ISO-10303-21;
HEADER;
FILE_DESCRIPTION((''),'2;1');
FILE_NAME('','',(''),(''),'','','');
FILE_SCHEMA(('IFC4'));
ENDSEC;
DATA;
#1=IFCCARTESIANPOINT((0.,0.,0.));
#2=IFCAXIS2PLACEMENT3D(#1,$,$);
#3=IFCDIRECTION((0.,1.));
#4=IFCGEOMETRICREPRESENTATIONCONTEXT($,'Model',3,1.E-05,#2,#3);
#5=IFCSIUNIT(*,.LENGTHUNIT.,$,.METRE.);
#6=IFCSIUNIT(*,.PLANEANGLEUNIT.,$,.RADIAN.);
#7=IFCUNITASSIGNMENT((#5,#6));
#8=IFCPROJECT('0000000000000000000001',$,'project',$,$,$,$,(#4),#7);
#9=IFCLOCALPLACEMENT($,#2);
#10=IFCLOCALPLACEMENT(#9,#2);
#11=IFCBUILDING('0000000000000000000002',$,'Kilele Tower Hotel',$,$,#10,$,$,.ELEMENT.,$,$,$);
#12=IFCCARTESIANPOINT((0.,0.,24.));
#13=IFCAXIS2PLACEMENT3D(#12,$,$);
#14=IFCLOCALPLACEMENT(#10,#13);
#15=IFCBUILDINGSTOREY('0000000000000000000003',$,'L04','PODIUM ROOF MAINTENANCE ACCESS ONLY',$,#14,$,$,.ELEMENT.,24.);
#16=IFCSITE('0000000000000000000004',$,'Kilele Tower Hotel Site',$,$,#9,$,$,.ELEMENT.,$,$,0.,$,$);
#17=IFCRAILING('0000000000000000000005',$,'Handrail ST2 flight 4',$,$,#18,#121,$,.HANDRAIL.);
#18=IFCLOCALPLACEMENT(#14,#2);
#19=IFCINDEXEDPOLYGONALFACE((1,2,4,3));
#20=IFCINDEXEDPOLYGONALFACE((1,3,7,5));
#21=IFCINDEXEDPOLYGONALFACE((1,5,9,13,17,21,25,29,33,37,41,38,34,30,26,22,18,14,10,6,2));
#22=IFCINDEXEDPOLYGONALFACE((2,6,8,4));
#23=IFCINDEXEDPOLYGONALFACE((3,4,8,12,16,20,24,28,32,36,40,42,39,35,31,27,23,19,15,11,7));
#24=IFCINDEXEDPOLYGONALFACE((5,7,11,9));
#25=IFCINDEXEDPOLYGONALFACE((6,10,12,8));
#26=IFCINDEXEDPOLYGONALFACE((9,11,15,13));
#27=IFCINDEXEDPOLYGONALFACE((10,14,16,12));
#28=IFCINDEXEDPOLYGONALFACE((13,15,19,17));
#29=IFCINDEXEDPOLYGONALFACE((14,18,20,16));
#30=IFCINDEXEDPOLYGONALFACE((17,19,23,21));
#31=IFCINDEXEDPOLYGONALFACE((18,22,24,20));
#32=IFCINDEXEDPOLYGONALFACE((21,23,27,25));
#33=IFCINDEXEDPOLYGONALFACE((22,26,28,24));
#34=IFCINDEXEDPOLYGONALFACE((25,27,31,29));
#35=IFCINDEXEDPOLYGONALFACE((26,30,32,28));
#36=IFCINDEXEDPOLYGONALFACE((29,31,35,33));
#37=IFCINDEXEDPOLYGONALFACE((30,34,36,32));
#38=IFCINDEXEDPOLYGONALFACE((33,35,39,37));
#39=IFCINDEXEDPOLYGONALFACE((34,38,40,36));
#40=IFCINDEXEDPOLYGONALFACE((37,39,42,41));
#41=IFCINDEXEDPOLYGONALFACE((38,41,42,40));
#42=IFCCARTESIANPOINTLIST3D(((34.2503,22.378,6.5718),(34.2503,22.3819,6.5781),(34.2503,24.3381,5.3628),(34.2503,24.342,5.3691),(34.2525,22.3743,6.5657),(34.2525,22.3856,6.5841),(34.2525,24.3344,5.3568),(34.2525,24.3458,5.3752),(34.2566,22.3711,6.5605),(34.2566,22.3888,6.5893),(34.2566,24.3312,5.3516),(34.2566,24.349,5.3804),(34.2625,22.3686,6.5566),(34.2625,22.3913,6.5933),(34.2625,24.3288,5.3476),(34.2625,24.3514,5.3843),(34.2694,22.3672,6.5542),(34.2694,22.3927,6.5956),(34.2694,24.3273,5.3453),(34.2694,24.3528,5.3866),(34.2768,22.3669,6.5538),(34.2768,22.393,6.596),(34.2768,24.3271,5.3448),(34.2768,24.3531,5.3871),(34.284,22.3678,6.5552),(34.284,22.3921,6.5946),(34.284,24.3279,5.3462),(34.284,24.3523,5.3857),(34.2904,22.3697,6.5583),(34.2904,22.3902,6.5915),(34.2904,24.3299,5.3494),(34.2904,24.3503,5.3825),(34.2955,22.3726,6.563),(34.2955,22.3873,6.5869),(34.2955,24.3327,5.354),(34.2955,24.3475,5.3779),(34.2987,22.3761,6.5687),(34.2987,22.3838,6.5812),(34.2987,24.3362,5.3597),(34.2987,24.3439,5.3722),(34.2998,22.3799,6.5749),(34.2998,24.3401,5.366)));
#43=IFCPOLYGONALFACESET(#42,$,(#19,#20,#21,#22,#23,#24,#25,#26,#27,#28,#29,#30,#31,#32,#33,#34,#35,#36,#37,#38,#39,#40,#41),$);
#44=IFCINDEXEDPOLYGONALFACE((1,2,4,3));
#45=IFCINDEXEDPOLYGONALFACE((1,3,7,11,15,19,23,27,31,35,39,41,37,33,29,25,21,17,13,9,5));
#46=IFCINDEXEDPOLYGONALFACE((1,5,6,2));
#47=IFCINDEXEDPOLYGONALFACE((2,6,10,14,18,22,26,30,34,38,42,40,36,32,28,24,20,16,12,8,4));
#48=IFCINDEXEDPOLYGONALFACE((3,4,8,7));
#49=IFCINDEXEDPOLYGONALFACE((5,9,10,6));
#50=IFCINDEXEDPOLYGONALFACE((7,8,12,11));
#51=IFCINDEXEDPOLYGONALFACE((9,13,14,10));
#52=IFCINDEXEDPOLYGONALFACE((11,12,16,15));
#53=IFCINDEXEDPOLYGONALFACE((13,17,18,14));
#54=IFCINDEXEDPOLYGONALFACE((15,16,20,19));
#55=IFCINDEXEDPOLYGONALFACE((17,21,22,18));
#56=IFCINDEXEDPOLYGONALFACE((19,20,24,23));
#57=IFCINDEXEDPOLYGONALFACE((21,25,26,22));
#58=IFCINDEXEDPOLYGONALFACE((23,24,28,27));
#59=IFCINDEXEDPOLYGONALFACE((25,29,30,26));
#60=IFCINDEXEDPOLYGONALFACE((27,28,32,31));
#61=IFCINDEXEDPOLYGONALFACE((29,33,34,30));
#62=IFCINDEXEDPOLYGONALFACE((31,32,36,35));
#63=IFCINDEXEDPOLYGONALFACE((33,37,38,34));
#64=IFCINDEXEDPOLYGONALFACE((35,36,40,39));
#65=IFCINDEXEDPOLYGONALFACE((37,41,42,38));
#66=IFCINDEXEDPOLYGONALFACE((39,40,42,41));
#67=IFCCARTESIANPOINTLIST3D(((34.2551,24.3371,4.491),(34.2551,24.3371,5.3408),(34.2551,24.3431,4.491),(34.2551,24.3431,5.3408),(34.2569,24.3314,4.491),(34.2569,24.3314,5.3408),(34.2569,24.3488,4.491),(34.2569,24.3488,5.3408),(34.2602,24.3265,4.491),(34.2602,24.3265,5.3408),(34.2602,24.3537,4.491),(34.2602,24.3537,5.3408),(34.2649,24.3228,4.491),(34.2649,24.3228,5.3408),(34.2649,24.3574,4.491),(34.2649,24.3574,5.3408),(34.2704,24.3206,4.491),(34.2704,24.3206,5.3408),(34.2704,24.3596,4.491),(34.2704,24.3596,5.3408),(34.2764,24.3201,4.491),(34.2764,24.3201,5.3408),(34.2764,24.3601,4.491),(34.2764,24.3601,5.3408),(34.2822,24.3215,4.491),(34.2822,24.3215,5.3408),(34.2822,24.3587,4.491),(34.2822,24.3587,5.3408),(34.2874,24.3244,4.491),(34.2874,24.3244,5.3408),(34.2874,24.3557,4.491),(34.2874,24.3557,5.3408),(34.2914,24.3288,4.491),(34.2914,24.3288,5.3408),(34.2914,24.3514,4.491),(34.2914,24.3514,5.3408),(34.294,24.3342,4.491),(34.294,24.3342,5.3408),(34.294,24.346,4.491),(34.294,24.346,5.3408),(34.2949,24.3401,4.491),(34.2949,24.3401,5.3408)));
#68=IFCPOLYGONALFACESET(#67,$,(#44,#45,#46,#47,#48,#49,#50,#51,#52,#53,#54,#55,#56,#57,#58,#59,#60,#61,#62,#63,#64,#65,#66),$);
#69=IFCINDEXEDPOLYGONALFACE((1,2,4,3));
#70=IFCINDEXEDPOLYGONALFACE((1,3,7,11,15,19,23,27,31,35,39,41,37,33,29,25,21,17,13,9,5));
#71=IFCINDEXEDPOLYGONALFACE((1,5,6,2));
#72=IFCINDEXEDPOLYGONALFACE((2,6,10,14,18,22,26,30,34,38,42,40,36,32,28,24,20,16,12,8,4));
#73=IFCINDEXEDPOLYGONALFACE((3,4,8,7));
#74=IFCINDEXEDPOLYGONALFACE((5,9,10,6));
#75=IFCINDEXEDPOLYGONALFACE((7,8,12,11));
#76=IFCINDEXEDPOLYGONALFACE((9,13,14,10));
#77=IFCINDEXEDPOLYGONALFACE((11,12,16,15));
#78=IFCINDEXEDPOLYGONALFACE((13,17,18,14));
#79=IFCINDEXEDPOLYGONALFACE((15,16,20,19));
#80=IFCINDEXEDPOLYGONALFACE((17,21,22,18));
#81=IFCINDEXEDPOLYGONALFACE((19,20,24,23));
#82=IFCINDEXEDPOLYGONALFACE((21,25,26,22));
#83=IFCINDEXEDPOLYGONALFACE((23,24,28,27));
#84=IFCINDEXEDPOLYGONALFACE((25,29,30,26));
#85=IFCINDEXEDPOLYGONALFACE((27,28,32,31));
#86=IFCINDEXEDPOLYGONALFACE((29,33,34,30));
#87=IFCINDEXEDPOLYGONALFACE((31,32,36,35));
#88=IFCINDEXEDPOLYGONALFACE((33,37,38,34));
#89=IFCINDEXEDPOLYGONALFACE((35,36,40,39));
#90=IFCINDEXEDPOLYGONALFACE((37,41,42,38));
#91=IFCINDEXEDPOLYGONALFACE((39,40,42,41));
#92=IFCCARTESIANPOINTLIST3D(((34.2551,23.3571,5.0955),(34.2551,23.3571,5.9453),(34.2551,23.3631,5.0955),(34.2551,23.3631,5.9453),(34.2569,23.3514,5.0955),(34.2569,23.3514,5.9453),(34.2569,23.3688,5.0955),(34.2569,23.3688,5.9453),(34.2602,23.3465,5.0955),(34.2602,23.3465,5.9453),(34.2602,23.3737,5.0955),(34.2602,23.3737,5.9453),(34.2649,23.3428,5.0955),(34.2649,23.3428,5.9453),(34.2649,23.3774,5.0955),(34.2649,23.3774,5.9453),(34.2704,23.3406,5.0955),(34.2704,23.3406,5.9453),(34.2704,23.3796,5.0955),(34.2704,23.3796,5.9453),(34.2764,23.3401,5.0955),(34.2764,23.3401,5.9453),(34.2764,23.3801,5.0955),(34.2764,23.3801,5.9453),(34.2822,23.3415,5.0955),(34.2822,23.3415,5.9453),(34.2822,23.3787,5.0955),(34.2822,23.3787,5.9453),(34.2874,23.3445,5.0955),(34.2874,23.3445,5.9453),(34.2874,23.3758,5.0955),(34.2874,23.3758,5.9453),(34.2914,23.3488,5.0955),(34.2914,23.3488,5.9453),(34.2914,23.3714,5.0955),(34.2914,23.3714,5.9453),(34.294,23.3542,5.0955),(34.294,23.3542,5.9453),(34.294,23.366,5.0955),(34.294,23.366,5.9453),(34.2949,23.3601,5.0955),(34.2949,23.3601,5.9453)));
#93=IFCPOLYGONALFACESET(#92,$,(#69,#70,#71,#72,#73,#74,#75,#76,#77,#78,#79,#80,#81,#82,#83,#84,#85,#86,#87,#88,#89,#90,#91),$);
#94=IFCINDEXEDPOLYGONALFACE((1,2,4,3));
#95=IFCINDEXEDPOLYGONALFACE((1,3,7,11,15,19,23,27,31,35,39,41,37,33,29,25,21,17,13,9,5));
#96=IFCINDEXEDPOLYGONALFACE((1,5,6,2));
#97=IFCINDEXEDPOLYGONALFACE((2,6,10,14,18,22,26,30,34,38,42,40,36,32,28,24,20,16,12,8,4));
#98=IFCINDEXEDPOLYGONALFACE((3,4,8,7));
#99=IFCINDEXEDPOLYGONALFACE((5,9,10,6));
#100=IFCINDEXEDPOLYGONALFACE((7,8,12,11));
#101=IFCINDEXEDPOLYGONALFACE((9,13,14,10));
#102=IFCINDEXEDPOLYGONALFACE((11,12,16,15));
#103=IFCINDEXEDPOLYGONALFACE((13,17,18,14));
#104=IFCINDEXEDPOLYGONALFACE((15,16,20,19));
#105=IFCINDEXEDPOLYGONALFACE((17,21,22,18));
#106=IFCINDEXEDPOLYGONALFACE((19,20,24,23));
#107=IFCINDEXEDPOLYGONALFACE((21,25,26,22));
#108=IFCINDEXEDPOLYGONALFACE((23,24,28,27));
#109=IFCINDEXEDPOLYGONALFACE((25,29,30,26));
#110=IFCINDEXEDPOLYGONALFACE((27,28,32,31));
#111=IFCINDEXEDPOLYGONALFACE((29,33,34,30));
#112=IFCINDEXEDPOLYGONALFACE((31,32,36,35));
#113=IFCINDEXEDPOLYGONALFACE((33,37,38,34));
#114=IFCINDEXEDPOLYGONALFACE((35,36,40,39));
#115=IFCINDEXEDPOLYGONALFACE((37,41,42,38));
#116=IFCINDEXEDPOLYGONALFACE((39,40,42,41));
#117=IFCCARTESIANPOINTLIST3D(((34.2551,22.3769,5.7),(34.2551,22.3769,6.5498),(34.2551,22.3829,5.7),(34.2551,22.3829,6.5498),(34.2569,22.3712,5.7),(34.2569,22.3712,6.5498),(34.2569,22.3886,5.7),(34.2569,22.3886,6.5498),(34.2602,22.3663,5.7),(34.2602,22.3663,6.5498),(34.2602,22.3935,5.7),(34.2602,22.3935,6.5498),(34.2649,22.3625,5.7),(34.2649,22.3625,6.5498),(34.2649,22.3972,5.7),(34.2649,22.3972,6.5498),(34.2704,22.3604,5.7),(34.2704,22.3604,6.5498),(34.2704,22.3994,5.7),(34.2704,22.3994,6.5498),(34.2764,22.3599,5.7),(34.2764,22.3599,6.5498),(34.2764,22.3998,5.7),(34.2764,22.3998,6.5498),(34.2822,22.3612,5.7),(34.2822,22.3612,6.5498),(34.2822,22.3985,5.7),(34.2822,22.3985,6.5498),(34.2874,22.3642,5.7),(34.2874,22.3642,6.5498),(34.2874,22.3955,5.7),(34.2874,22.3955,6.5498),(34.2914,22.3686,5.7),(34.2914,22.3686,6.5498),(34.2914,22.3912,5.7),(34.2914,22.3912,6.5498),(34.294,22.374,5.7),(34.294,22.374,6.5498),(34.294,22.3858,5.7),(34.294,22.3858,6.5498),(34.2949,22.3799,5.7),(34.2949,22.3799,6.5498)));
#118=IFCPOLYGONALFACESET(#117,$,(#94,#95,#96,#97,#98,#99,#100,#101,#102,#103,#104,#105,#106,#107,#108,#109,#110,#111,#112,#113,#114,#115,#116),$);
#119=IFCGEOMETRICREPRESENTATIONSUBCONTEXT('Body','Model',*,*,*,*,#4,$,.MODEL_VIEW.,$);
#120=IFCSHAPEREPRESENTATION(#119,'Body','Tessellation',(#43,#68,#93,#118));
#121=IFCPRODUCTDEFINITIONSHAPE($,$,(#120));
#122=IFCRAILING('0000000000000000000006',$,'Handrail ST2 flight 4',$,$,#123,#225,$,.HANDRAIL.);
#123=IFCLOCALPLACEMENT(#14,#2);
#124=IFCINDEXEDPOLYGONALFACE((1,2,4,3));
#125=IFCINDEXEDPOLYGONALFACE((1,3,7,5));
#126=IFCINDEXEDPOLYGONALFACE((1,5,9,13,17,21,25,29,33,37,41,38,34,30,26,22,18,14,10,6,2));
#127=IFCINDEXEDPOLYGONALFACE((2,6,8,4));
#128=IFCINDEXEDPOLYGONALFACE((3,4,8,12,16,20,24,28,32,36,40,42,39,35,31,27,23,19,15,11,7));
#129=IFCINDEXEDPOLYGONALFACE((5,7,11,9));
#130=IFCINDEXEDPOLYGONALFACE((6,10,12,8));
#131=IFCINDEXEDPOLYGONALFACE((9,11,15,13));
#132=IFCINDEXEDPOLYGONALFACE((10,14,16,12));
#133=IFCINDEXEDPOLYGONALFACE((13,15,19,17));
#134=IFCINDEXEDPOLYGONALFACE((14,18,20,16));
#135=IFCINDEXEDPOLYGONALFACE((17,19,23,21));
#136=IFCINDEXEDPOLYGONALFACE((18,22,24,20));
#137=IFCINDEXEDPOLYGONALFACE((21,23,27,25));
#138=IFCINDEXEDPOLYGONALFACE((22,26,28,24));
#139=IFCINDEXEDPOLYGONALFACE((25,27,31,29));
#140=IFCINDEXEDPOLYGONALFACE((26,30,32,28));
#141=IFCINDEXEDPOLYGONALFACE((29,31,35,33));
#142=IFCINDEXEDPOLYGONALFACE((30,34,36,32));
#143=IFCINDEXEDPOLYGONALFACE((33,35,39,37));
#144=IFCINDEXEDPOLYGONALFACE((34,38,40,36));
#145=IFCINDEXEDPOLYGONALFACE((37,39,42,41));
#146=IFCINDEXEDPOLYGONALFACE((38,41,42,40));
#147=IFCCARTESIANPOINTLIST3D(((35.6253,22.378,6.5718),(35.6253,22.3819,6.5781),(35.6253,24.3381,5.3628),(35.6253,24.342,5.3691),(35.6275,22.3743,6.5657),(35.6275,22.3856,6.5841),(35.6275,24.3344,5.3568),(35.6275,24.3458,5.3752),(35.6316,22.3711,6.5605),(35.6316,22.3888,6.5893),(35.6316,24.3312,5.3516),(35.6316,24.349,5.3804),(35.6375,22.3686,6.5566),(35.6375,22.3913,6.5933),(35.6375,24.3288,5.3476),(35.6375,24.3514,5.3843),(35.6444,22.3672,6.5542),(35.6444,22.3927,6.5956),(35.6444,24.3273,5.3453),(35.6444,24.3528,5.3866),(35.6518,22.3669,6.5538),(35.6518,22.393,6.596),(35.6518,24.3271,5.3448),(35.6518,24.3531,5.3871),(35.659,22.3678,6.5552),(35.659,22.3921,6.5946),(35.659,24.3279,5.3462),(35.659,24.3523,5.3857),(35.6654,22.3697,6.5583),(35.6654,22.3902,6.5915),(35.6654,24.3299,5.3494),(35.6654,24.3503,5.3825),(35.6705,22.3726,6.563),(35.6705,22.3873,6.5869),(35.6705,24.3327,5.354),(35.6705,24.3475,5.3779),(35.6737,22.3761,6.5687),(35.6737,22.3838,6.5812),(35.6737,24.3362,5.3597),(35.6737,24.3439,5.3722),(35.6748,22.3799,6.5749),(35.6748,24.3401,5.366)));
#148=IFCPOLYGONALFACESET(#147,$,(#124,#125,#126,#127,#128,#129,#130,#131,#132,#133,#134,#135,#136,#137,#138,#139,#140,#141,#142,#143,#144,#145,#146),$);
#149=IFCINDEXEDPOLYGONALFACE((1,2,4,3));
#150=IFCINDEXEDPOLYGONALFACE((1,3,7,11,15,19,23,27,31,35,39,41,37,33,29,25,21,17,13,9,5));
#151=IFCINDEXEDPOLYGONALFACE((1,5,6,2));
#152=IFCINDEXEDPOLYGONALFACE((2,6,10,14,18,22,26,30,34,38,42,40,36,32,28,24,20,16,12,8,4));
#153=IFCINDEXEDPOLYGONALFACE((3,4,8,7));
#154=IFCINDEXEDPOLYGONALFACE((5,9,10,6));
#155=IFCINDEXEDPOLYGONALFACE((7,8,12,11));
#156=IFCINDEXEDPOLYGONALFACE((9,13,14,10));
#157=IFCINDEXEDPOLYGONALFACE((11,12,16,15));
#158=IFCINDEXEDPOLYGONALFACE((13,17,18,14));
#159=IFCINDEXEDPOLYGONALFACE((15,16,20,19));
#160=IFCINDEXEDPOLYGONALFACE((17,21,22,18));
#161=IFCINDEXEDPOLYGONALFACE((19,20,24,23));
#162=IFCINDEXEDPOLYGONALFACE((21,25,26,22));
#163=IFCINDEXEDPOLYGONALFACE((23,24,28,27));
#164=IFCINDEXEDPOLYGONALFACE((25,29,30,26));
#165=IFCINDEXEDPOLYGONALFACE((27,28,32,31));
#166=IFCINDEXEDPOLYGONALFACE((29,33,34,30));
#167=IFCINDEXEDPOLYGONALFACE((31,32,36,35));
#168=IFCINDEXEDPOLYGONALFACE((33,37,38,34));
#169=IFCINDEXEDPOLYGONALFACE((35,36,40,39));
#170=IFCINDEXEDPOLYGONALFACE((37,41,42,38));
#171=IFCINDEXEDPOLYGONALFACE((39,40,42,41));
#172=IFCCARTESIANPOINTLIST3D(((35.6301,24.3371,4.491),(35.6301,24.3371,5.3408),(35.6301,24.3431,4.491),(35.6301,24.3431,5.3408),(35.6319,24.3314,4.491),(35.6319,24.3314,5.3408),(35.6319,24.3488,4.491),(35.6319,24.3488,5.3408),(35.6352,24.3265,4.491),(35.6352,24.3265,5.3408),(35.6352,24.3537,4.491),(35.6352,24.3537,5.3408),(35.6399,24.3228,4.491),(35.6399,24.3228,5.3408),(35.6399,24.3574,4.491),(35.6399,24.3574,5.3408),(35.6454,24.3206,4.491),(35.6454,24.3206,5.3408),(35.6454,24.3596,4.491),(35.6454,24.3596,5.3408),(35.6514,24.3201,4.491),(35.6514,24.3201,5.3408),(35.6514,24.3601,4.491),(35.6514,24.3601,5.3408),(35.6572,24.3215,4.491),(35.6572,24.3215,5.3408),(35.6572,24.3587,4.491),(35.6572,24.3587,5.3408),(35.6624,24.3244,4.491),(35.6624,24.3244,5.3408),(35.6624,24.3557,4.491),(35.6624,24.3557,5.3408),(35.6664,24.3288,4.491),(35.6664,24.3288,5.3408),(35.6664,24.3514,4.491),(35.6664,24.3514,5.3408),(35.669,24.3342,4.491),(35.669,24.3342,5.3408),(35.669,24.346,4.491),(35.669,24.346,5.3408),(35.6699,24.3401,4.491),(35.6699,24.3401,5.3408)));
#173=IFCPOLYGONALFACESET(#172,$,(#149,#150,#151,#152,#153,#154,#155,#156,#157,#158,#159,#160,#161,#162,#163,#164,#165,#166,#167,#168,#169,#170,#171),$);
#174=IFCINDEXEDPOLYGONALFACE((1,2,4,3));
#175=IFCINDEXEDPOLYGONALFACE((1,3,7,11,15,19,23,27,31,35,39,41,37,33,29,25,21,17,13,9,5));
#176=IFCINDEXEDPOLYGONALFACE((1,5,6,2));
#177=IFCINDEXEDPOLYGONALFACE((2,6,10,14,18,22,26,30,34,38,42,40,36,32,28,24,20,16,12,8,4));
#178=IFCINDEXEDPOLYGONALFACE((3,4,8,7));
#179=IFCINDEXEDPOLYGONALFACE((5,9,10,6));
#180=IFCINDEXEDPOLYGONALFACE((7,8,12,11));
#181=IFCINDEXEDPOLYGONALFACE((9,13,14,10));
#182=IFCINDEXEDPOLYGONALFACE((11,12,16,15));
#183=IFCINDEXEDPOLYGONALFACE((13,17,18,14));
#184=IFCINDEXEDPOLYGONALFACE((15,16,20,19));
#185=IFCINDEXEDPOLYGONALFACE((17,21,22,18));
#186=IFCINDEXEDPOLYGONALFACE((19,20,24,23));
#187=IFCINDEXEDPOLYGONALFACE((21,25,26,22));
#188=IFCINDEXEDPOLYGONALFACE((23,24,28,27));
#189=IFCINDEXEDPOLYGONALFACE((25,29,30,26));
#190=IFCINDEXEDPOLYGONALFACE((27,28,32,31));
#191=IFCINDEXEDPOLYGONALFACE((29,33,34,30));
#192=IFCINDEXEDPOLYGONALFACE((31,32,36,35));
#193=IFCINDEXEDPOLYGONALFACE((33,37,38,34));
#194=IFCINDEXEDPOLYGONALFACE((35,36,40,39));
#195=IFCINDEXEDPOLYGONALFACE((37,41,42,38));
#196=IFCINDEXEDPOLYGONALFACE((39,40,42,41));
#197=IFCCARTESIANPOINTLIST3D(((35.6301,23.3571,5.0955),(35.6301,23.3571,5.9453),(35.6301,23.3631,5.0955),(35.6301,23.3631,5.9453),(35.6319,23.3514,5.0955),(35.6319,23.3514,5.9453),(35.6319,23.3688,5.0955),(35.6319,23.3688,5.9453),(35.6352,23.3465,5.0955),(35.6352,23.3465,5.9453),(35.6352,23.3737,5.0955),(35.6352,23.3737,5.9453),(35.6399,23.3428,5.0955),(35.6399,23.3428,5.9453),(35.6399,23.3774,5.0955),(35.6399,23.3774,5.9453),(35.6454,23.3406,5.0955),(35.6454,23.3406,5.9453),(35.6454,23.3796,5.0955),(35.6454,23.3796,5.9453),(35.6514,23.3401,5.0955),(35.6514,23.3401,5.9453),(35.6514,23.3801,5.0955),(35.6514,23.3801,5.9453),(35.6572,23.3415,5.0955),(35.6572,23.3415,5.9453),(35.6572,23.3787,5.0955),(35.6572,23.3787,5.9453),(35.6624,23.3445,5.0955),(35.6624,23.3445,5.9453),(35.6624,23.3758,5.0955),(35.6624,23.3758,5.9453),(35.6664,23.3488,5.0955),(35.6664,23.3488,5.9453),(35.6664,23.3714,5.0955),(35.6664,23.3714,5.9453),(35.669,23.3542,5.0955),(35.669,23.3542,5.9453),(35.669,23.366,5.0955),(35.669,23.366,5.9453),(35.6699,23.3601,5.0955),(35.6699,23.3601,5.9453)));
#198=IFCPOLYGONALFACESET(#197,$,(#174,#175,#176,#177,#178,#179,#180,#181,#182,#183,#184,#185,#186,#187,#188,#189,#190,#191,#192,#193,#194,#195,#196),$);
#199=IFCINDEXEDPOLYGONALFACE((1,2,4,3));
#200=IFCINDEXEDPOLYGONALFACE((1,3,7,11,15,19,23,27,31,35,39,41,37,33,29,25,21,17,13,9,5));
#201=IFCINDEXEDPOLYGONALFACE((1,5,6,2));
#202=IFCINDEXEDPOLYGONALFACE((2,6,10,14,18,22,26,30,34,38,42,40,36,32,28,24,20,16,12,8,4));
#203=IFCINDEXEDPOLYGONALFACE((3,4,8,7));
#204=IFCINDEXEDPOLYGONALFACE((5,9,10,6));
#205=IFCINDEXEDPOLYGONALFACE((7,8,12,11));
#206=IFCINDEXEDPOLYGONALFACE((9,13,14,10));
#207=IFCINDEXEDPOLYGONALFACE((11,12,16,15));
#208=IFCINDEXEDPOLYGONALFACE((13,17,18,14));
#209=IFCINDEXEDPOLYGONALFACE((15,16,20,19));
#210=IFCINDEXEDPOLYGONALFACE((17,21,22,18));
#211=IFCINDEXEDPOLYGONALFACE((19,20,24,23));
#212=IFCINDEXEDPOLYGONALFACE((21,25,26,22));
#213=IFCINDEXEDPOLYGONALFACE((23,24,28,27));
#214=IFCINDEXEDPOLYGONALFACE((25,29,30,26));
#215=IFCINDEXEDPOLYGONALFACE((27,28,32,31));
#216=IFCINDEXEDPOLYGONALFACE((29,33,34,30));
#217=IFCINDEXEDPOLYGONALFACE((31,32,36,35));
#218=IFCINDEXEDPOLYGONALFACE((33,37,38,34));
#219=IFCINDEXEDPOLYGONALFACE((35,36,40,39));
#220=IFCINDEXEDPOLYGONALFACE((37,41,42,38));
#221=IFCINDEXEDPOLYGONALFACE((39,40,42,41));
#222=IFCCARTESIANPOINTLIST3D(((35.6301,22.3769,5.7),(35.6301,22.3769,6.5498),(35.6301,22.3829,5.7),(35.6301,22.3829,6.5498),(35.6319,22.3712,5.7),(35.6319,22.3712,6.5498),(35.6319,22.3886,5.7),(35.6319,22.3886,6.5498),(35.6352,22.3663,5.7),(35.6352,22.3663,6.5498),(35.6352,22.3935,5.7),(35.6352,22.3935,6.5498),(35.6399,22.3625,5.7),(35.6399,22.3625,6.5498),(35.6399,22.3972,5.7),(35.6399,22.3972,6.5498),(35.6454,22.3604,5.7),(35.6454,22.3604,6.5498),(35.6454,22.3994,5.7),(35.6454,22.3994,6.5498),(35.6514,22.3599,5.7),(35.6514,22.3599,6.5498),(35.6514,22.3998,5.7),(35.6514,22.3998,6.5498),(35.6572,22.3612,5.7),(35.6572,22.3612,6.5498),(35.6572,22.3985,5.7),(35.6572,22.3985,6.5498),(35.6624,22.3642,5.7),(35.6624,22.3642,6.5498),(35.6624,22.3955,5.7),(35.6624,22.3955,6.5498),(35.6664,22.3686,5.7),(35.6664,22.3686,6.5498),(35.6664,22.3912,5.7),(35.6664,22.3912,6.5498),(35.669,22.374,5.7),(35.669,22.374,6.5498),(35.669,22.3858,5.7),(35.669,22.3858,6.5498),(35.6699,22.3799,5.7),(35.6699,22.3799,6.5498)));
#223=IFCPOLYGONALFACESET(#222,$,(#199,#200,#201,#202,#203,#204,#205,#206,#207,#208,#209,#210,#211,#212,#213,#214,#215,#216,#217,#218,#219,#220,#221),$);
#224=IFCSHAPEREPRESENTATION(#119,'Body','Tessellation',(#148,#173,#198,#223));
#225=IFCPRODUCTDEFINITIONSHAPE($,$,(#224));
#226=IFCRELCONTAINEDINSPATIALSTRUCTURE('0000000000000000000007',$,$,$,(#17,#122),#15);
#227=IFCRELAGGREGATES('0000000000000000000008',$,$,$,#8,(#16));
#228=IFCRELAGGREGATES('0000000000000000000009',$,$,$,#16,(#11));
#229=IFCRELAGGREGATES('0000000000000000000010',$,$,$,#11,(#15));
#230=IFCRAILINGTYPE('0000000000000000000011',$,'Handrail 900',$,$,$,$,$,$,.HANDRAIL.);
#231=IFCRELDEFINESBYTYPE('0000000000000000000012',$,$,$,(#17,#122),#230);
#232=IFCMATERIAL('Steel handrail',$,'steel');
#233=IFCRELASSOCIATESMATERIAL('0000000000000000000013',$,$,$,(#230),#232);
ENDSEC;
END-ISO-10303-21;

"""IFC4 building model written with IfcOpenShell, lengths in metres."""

from ifc_helpers import new_model, si_unit, direction, frame, origin, origin_2d, place, context, subcontext, project, spatial, circle, extrude, material, type_object, element, save


model = new_model("IFC4")

# Units and contexts
model_context = context("Model", 3, precision=1e-05, world=origin(), true_north=direction((0.0, 1.0)))
body_context = subcontext(model_context, "Body", "Model", "MODEL_VIEW")
ifc_project = project(units=[si_unit("LENGTHUNIT", "METRE"), si_unit("PLANEANGLEUNIT", "RADIAN")], contexts=[model_context])

# Site, building, storey
site_placement = place(None, origin())
site = spatial("IfcSite", under=ifc_project, at=site_placement, Name="Kilele Tower Hotel Site", CompositionType="ELEMENT", RefElevation=0.0)
building_placement = place(site_placement, origin())
building = spatial("IfcBuilding", under=site, at=building_placement, Name="Kilele Tower Hotel", CompositionType="ELEMENT")
storey_placement = place(building_placement, frame((0.0, 0.0, 24.0)))
storey = spatial("IfcBuildingStorey", under=building, at=storey_placement, Name="L04", Description="PODIUM ROOF MAINTENANCE ACCESS ONLY", CompositionType="ELEMENT", Elevation=24.0)

# Railings
ifc_material_1 = material(Name="Steel handrail", Category="steel")
railing_type_1 = type_object("IfcRailingType", Name="Handrail 900", PredefinedType="HANDRAIL", material=ifc_material_1)
for number, where, name in (
    (1, (34.2749, 24.3401, 4.491), "Handrail ST2 flight 4"),
    (2, (35.6499, 24.3401, 4.491), "Handrail ST2 flight 4"),
):
    element("IfcRailing", number, at=place(storey_placement, frame(where)), inside=storey, type_object=railing_type_1, Name=name, PredefinedType="HANDRAIL", context=body_context, shape_type="SweptSolid", body=[
        extrude(circle(Radius=0.0249, at=origin_2d()), frame((0.0, 0.0, 0.875), z_axis=(0.0, -0.851134, 0.524949), x_axis=(1.0, 0.0, 0.0)), (0.0, 0.0, 1.0), 2.303),
        extrude(circle(Radius=0.02, at=origin_2d()), origin(), (0.0, 0.0, 1.0), 0.8499),
        extrude(circle(Radius=0.02, at=origin_2d()), frame((0.0, -0.98, 0.6045)), (0.0, 0.0, 1.0), 0.8499),
        extrude(circle(Radius=0.02, at=origin_2d()), frame((0.0, -1.9602, 1.209)), (0.0, 0.0, 1.0), 0.8499),
    ])

save(model, "model.ifc")
